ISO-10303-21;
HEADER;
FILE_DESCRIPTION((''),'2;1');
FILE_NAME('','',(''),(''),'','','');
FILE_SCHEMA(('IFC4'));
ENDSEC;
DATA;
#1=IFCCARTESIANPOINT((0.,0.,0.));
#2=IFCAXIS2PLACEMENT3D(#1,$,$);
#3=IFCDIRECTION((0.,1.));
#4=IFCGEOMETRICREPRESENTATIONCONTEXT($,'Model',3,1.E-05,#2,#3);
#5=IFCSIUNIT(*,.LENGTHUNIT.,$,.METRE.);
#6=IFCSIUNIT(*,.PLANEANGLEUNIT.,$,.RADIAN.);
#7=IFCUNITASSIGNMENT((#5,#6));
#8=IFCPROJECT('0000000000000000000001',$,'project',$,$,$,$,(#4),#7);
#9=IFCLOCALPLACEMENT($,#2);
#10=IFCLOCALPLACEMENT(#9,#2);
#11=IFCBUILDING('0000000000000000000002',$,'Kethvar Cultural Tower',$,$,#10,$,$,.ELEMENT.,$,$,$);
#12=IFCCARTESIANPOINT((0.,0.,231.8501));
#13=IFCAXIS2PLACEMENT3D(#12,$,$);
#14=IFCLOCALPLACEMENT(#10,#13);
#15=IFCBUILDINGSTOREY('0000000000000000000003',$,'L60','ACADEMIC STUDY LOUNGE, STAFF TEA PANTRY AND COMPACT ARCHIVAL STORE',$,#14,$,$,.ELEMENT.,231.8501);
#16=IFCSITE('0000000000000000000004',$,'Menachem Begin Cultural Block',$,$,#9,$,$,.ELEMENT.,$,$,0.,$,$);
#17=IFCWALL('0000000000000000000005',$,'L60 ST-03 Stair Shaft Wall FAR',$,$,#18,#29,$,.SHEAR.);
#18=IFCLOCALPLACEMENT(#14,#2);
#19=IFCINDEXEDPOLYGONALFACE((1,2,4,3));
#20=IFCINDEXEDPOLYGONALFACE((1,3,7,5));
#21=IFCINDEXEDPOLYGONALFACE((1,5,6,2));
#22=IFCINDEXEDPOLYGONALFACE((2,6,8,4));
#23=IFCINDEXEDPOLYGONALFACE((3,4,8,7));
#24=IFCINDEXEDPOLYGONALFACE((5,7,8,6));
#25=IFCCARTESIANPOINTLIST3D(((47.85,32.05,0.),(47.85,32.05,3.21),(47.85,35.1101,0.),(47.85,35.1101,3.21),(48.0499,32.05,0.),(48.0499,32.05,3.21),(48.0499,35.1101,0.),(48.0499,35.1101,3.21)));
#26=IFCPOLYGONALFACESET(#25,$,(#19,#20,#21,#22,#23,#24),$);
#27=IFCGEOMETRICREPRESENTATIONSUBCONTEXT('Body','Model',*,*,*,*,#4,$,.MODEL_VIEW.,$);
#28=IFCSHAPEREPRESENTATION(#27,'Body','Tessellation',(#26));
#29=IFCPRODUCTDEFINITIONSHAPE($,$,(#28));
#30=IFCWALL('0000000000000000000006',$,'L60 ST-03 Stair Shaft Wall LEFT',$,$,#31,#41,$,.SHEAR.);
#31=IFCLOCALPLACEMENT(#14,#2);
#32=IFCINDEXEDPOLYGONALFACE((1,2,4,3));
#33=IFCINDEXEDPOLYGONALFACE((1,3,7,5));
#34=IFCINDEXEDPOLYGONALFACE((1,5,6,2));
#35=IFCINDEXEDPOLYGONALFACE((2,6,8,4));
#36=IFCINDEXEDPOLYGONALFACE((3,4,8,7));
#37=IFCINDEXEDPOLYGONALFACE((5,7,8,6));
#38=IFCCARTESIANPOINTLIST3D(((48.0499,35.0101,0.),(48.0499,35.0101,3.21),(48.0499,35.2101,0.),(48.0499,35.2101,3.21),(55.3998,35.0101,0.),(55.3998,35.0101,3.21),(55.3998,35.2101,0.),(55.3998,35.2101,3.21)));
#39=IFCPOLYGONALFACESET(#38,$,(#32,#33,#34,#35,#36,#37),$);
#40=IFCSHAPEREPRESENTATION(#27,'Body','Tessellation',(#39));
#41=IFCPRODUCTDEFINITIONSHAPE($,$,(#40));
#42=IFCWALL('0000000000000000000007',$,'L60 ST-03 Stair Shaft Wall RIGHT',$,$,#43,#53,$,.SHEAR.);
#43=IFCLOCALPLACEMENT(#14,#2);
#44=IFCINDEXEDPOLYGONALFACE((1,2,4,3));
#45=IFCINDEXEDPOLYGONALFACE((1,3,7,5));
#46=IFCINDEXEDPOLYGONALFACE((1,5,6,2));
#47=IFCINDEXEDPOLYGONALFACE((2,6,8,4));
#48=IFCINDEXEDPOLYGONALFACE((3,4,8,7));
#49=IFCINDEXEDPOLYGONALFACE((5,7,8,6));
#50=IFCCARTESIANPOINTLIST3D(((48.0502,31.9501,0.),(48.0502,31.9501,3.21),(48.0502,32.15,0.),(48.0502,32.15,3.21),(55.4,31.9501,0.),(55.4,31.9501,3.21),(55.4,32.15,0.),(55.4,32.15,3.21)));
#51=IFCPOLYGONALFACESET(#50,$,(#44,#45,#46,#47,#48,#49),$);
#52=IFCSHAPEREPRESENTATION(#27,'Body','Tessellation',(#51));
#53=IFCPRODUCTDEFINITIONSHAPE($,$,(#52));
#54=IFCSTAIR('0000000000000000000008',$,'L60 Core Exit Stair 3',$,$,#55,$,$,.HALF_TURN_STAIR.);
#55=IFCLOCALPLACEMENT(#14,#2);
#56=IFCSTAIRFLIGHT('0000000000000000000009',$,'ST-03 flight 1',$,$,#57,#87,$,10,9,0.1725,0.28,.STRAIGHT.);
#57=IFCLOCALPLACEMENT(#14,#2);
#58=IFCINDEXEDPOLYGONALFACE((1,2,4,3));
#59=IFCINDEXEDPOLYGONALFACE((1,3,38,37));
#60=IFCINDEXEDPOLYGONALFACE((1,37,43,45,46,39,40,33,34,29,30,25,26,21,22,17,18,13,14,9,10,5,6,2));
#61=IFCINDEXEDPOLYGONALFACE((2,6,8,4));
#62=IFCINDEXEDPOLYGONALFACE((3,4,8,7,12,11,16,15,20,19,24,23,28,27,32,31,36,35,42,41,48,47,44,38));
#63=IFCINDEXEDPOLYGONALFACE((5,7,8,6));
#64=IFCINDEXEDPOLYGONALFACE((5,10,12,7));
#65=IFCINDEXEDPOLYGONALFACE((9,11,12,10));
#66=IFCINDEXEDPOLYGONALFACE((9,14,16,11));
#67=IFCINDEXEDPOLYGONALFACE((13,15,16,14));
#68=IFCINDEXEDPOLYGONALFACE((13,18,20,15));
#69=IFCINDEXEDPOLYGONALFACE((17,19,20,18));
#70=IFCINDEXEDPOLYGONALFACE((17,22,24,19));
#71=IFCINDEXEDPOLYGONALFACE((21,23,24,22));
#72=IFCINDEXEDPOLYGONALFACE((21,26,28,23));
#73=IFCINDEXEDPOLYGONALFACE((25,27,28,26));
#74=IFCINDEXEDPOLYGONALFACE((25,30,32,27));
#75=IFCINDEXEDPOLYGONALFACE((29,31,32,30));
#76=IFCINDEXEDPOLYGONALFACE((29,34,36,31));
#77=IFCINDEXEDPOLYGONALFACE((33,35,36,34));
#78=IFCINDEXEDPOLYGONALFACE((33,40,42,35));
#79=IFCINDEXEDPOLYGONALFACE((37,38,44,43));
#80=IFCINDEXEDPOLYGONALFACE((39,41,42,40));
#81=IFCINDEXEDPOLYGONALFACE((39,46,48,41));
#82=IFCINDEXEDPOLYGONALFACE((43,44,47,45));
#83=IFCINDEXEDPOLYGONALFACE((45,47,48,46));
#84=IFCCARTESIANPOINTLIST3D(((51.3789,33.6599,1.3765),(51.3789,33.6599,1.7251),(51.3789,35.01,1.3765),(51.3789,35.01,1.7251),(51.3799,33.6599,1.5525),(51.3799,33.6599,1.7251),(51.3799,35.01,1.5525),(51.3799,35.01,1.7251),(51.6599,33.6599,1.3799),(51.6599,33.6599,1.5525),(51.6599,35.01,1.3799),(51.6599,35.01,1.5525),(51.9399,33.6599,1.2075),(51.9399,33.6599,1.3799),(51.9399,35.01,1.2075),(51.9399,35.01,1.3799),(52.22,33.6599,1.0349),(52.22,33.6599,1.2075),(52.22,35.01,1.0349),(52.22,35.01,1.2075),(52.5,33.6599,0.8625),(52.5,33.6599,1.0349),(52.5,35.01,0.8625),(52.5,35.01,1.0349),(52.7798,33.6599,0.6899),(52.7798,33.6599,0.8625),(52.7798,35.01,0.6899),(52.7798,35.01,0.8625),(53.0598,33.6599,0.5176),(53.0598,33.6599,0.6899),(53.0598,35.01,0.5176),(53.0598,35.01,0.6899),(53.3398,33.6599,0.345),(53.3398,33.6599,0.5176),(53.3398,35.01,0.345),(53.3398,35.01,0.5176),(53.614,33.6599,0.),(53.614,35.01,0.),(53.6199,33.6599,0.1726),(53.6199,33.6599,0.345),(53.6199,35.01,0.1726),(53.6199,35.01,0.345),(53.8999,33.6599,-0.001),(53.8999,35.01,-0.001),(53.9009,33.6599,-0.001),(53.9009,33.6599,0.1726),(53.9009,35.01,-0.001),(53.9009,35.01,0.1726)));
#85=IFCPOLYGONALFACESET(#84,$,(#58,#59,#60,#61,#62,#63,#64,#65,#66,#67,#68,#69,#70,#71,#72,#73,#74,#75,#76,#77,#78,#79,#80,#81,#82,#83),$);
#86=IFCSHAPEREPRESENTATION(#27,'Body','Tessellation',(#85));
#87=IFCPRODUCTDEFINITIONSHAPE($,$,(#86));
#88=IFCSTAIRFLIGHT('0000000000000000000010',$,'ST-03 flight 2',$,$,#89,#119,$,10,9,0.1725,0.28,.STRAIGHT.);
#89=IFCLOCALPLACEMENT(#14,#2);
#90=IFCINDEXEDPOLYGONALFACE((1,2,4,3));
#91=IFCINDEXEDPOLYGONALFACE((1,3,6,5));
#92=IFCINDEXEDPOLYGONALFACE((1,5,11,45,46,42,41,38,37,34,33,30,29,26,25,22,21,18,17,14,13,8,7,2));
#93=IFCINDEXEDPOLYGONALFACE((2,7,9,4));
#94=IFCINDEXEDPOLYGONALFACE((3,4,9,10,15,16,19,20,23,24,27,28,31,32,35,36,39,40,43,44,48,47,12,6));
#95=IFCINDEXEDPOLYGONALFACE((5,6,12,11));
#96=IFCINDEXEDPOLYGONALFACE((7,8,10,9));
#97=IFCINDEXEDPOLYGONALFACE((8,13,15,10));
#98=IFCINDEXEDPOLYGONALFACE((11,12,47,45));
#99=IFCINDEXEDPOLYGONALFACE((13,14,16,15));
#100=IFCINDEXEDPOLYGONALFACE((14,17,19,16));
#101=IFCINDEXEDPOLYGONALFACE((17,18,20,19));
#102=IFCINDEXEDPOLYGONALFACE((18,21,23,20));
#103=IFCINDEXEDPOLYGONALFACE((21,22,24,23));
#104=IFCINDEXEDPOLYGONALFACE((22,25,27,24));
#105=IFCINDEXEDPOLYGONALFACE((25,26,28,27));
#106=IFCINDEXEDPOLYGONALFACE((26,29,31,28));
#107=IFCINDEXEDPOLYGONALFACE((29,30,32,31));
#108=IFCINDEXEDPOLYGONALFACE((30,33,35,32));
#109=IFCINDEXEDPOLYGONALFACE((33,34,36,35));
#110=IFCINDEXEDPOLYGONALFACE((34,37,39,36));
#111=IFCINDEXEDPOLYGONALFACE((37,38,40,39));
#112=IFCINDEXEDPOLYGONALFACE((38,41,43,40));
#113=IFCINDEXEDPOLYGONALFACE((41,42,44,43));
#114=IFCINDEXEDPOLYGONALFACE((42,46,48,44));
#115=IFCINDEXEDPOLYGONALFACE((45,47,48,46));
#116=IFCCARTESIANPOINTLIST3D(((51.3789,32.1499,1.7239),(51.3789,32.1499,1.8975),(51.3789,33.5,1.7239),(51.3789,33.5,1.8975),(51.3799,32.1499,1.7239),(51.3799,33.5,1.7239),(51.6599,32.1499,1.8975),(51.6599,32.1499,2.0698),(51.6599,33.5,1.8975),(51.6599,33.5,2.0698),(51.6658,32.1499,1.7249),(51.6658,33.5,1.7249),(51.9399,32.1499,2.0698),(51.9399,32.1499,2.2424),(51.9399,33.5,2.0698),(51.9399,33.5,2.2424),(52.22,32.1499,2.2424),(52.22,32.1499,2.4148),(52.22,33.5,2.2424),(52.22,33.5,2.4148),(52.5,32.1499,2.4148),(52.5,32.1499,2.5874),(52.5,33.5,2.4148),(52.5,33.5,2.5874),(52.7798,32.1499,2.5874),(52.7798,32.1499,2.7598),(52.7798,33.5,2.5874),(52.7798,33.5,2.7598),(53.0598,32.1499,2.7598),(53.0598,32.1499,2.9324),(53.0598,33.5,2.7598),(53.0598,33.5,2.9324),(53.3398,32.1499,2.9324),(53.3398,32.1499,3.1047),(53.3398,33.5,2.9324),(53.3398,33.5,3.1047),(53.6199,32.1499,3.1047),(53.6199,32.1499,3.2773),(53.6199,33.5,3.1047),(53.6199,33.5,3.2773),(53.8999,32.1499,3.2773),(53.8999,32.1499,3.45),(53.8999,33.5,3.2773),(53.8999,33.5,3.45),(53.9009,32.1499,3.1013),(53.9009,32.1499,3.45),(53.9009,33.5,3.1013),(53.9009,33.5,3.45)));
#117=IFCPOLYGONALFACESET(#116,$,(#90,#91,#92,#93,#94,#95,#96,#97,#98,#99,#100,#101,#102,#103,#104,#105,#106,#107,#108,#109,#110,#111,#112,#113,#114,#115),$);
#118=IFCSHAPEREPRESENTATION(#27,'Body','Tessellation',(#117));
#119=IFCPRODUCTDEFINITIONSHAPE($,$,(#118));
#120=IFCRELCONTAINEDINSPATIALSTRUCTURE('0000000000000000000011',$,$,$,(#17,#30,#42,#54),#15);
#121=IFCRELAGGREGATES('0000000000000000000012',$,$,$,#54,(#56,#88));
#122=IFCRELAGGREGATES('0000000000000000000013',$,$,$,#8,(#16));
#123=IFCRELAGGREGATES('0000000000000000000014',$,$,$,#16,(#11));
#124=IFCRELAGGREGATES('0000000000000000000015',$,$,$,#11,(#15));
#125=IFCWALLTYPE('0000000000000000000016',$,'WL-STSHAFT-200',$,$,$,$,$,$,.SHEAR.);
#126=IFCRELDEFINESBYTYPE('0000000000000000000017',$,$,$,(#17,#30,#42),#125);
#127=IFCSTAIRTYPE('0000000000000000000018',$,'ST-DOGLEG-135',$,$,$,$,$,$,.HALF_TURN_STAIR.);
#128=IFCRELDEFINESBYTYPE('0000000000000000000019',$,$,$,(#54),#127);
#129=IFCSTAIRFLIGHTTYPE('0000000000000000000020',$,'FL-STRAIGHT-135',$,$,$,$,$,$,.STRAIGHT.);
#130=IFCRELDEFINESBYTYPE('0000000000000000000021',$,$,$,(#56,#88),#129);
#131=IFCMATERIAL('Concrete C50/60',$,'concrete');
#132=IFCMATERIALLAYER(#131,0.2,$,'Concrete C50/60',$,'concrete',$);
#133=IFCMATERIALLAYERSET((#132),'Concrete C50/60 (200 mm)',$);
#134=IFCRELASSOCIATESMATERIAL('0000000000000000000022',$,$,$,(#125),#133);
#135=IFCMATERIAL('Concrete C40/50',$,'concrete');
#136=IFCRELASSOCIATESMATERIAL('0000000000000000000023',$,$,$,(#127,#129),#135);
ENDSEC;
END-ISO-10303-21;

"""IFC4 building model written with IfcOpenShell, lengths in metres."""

from ifc_helpers import new_model, si_unit, direction, frame, frame_2d, origin, place, context, subcontext, project, spatial, polyline, rectangle, outline, extrude, material, layer, layer_set, type_object, element, aggregate, save


model = new_model("IFC4")

# Units and contexts
model_context = context("Model", 3, precision=1e-05, world=origin(), true_north=direction((0.0, 1.0)))
body_context = subcontext(model_context, "Body", "Model", "MODEL_VIEW")
ifc_project = project(units=[si_unit("LENGTHUNIT", "METRE"), si_unit("PLANEANGLEUNIT", "RADIAN")], contexts=[model_context])

# Site, building, storey
site_placement = place(None, origin())
site = spatial("IfcSite", under=ifc_project, at=site_placement, Name="Menachem Begin Cultural Block", CompositionType="ELEMENT", RefElevation=0.0)
building_placement = place(site_placement, origin())
building = spatial("IfcBuilding", under=site, at=building_placement, Name="Kethvar Cultural Tower", CompositionType="ELEMENT")
storey_placement = place(building_placement, frame((0.0, 0.0, 231.8501)))
storey = spatial("IfcBuildingStorey", under=building, at=storey_placement, Name="L60", Description="ACADEMIC STUDY LOUNGE, STAFF TEA PANTRY AND COMPACT ARCHIVAL STORE", CompositionType="ELEMENT", Elevation=231.8501)

# Shared definitions
ifc_material_1 = material(Name="Concrete C50/60", Category="concrete")

# Walls
ifc_material_2 = material(Name="Concrete C40/50", Category="concrete")
ifc_layer_1 = layer(ifc_material_1, 0.2, Name="Concrete C50/60", Category="concrete")
ifc_layer_set_1 = layer_set([ifc_layer_1], Name="Concrete C50/60 (200 mm)")
wall_type_1 = type_object("IfcWallType", Name="WL-STSHAFT-200", PredefinedType="SHEAR", material=ifc_layer_set_1)
wall_1_placement = place(storey_placement, frame((47.95, 32.05, 0.0), z_axis=(0.0, 0.0, 1.0), x_axis=(0.0, 1.0, 0.0)))
element("IfcWall", 1, at=wall_1_placement, inside=storey, type_object=wall_type_1, Name="L60 ST-03 Stair Shaft Wall FAR", PredefinedType="SHEAR", context=body_context, shape_type="SweptSolid", body=[
    extrude(rectangle(XDim=3.0601, YDim=0.2, at=frame_2d((1.53, 0.0))), origin(), (0.0, 0.0, 1.0), 3.21),
])
for number, where, z_axis, x_axis, name in (
    (2, (48.05, 35.1101, 0.0), (0.0, 0.0, 1.0), (1.0, 0.0, 0.0), "L60 ST-03 Stair Shaft Wall LEFT"),
    (3, (55.3999, 32.05, 0.0), (0.0, 0.0, 1.0), (-1.0, 0.0, 0.0), "L60 ST-03 Stair Shaft Wall RIGHT"),
):
    element("IfcWall", number, at=place(storey_placement, frame(where, z_axis=z_axis, x_axis=x_axis)), inside=storey, type_object=wall_type_1, Name=name, PredefinedType="SHEAR", context=body_context, shape_type="SweptSolid", body=[
        extrude(rectangle(XDim=7.3499, YDim=0.2, at=frame_2d((3.6748, 0.0))), origin(), (0.0, 0.0, 1.0), 3.21),
    ])

# Stair, stair flights
stair_type = type_object("IfcStairType", Name="ST-DOGLEG-135", PredefinedType="HALF_TURN_STAIR", material=ifc_material_2)
stair_placement = place(storey_placement, origin())
stair = element("IfcStair", 4, at=stair_placement, inside=storey, type_object=stair_type, Name="L60 Core Exit Stair 3", PredefinedType="HALF_TURN_STAIR")
stair_flight_type = type_object("IfcStairFlightType", Name="FL-STRAIGHT-135", PredefinedType="STRAIGHT", material=ifc_material_2)
stair_flight_1_placement = place(storey_placement, frame((53.8999, 34.335, 0.0), z_axis=(0.0, 0.0, 1.0), x_axis=(-1.0, 0.0, 0.0)))
stair_flight_1 = element("IfcStairFlight", 5, at=stair_flight_1_placement, type_object=stair_flight_type, Name="ST-03 flight 1", NumberOfRisers=10, NumberOfTreads=9, PredefinedType="STRAIGHT", RiserHeight=0.1725, TreadLength=0.28, context=body_context, shape_type="SweptSolid", body=[
    extrude(outline(polyline([(-0.001, -0.001), (-0.001, 0.1726), (0.28, 0.1726), (0.28, 0.345), (0.5601, 0.345), (0.5601, 0.5176), (0.8401, 0.5176), (0.8401, 0.6899), (1.1201, 0.6899), (1.1201, 0.8625), (1.3999, 0.8625), (1.3999, 1.0349), (1.6799, 1.0349), (1.6799, 1.2075), (1.96, 1.2075), (1.96, 1.3799), (2.24, 1.3799), (2.24, 1.5525), (2.52, 1.5525), (2.52, 1.7251), (2.521, 1.7251), (2.521, 1.3765), (0.2859, 0.0), (0.0, -0.001), (-0.001, -0.001)])), frame((0.0, 0.675, 0.0), z_axis=(0.0, -1.0, 0.0), x_axis=(1.0, 0.0, 0.0)), (0.0, 0.0, 1.0), 1.3501),
])
stair_flight_2_placement = place(storey_placement, frame((51.3799, 32.825, 1.7249), z_axis=(0.0, 0.0, 1.0), x_axis=(1.0, 0.0, 0.0)))
stair_flight_2 = element("IfcStairFlight", 6, at=stair_flight_2_placement, type_object=stair_flight_type, Name="ST-03 flight 2", NumberOfRisers=10, NumberOfTreads=9, PredefinedType="STRAIGHT", RiserHeight=0.1725, TreadLength=0.28, context=body_context, shape_type="SweptSolid", body=[
    extrude(outline(polyline([(-0.001, -0.001), (-0.001, 0.1726), (0.28, 0.1726), (0.28, 0.345), (0.5601, 0.345), (0.5601, 0.5176), (0.8401, 0.5176), (0.8401, 0.6899), (1.1201, 0.6899), (1.1201, 0.8625), (1.3999, 0.8625), (1.3999, 1.0349), (1.6799, 1.0349), (1.6799, 1.2075), (1.96, 1.2075), (1.96, 1.3799), (2.24, 1.3799), (2.24, 1.5525), (2.52, 1.5525), (2.52, 1.7251), (2.521, 1.7251), (2.521, 1.3765), (0.2859, 0.0), (0.0, -0.001), (-0.001, -0.001)])), frame((0.0, 0.675, 0.0), z_axis=(0.0, -1.0, 0.0), x_axis=(1.0, 0.0, 0.0)), (0.0, 0.0, 1.0), 1.3501),
])
aggregate(stair, [stair_flight_1, stair_flight_2])

save(model, "model.ifc")
